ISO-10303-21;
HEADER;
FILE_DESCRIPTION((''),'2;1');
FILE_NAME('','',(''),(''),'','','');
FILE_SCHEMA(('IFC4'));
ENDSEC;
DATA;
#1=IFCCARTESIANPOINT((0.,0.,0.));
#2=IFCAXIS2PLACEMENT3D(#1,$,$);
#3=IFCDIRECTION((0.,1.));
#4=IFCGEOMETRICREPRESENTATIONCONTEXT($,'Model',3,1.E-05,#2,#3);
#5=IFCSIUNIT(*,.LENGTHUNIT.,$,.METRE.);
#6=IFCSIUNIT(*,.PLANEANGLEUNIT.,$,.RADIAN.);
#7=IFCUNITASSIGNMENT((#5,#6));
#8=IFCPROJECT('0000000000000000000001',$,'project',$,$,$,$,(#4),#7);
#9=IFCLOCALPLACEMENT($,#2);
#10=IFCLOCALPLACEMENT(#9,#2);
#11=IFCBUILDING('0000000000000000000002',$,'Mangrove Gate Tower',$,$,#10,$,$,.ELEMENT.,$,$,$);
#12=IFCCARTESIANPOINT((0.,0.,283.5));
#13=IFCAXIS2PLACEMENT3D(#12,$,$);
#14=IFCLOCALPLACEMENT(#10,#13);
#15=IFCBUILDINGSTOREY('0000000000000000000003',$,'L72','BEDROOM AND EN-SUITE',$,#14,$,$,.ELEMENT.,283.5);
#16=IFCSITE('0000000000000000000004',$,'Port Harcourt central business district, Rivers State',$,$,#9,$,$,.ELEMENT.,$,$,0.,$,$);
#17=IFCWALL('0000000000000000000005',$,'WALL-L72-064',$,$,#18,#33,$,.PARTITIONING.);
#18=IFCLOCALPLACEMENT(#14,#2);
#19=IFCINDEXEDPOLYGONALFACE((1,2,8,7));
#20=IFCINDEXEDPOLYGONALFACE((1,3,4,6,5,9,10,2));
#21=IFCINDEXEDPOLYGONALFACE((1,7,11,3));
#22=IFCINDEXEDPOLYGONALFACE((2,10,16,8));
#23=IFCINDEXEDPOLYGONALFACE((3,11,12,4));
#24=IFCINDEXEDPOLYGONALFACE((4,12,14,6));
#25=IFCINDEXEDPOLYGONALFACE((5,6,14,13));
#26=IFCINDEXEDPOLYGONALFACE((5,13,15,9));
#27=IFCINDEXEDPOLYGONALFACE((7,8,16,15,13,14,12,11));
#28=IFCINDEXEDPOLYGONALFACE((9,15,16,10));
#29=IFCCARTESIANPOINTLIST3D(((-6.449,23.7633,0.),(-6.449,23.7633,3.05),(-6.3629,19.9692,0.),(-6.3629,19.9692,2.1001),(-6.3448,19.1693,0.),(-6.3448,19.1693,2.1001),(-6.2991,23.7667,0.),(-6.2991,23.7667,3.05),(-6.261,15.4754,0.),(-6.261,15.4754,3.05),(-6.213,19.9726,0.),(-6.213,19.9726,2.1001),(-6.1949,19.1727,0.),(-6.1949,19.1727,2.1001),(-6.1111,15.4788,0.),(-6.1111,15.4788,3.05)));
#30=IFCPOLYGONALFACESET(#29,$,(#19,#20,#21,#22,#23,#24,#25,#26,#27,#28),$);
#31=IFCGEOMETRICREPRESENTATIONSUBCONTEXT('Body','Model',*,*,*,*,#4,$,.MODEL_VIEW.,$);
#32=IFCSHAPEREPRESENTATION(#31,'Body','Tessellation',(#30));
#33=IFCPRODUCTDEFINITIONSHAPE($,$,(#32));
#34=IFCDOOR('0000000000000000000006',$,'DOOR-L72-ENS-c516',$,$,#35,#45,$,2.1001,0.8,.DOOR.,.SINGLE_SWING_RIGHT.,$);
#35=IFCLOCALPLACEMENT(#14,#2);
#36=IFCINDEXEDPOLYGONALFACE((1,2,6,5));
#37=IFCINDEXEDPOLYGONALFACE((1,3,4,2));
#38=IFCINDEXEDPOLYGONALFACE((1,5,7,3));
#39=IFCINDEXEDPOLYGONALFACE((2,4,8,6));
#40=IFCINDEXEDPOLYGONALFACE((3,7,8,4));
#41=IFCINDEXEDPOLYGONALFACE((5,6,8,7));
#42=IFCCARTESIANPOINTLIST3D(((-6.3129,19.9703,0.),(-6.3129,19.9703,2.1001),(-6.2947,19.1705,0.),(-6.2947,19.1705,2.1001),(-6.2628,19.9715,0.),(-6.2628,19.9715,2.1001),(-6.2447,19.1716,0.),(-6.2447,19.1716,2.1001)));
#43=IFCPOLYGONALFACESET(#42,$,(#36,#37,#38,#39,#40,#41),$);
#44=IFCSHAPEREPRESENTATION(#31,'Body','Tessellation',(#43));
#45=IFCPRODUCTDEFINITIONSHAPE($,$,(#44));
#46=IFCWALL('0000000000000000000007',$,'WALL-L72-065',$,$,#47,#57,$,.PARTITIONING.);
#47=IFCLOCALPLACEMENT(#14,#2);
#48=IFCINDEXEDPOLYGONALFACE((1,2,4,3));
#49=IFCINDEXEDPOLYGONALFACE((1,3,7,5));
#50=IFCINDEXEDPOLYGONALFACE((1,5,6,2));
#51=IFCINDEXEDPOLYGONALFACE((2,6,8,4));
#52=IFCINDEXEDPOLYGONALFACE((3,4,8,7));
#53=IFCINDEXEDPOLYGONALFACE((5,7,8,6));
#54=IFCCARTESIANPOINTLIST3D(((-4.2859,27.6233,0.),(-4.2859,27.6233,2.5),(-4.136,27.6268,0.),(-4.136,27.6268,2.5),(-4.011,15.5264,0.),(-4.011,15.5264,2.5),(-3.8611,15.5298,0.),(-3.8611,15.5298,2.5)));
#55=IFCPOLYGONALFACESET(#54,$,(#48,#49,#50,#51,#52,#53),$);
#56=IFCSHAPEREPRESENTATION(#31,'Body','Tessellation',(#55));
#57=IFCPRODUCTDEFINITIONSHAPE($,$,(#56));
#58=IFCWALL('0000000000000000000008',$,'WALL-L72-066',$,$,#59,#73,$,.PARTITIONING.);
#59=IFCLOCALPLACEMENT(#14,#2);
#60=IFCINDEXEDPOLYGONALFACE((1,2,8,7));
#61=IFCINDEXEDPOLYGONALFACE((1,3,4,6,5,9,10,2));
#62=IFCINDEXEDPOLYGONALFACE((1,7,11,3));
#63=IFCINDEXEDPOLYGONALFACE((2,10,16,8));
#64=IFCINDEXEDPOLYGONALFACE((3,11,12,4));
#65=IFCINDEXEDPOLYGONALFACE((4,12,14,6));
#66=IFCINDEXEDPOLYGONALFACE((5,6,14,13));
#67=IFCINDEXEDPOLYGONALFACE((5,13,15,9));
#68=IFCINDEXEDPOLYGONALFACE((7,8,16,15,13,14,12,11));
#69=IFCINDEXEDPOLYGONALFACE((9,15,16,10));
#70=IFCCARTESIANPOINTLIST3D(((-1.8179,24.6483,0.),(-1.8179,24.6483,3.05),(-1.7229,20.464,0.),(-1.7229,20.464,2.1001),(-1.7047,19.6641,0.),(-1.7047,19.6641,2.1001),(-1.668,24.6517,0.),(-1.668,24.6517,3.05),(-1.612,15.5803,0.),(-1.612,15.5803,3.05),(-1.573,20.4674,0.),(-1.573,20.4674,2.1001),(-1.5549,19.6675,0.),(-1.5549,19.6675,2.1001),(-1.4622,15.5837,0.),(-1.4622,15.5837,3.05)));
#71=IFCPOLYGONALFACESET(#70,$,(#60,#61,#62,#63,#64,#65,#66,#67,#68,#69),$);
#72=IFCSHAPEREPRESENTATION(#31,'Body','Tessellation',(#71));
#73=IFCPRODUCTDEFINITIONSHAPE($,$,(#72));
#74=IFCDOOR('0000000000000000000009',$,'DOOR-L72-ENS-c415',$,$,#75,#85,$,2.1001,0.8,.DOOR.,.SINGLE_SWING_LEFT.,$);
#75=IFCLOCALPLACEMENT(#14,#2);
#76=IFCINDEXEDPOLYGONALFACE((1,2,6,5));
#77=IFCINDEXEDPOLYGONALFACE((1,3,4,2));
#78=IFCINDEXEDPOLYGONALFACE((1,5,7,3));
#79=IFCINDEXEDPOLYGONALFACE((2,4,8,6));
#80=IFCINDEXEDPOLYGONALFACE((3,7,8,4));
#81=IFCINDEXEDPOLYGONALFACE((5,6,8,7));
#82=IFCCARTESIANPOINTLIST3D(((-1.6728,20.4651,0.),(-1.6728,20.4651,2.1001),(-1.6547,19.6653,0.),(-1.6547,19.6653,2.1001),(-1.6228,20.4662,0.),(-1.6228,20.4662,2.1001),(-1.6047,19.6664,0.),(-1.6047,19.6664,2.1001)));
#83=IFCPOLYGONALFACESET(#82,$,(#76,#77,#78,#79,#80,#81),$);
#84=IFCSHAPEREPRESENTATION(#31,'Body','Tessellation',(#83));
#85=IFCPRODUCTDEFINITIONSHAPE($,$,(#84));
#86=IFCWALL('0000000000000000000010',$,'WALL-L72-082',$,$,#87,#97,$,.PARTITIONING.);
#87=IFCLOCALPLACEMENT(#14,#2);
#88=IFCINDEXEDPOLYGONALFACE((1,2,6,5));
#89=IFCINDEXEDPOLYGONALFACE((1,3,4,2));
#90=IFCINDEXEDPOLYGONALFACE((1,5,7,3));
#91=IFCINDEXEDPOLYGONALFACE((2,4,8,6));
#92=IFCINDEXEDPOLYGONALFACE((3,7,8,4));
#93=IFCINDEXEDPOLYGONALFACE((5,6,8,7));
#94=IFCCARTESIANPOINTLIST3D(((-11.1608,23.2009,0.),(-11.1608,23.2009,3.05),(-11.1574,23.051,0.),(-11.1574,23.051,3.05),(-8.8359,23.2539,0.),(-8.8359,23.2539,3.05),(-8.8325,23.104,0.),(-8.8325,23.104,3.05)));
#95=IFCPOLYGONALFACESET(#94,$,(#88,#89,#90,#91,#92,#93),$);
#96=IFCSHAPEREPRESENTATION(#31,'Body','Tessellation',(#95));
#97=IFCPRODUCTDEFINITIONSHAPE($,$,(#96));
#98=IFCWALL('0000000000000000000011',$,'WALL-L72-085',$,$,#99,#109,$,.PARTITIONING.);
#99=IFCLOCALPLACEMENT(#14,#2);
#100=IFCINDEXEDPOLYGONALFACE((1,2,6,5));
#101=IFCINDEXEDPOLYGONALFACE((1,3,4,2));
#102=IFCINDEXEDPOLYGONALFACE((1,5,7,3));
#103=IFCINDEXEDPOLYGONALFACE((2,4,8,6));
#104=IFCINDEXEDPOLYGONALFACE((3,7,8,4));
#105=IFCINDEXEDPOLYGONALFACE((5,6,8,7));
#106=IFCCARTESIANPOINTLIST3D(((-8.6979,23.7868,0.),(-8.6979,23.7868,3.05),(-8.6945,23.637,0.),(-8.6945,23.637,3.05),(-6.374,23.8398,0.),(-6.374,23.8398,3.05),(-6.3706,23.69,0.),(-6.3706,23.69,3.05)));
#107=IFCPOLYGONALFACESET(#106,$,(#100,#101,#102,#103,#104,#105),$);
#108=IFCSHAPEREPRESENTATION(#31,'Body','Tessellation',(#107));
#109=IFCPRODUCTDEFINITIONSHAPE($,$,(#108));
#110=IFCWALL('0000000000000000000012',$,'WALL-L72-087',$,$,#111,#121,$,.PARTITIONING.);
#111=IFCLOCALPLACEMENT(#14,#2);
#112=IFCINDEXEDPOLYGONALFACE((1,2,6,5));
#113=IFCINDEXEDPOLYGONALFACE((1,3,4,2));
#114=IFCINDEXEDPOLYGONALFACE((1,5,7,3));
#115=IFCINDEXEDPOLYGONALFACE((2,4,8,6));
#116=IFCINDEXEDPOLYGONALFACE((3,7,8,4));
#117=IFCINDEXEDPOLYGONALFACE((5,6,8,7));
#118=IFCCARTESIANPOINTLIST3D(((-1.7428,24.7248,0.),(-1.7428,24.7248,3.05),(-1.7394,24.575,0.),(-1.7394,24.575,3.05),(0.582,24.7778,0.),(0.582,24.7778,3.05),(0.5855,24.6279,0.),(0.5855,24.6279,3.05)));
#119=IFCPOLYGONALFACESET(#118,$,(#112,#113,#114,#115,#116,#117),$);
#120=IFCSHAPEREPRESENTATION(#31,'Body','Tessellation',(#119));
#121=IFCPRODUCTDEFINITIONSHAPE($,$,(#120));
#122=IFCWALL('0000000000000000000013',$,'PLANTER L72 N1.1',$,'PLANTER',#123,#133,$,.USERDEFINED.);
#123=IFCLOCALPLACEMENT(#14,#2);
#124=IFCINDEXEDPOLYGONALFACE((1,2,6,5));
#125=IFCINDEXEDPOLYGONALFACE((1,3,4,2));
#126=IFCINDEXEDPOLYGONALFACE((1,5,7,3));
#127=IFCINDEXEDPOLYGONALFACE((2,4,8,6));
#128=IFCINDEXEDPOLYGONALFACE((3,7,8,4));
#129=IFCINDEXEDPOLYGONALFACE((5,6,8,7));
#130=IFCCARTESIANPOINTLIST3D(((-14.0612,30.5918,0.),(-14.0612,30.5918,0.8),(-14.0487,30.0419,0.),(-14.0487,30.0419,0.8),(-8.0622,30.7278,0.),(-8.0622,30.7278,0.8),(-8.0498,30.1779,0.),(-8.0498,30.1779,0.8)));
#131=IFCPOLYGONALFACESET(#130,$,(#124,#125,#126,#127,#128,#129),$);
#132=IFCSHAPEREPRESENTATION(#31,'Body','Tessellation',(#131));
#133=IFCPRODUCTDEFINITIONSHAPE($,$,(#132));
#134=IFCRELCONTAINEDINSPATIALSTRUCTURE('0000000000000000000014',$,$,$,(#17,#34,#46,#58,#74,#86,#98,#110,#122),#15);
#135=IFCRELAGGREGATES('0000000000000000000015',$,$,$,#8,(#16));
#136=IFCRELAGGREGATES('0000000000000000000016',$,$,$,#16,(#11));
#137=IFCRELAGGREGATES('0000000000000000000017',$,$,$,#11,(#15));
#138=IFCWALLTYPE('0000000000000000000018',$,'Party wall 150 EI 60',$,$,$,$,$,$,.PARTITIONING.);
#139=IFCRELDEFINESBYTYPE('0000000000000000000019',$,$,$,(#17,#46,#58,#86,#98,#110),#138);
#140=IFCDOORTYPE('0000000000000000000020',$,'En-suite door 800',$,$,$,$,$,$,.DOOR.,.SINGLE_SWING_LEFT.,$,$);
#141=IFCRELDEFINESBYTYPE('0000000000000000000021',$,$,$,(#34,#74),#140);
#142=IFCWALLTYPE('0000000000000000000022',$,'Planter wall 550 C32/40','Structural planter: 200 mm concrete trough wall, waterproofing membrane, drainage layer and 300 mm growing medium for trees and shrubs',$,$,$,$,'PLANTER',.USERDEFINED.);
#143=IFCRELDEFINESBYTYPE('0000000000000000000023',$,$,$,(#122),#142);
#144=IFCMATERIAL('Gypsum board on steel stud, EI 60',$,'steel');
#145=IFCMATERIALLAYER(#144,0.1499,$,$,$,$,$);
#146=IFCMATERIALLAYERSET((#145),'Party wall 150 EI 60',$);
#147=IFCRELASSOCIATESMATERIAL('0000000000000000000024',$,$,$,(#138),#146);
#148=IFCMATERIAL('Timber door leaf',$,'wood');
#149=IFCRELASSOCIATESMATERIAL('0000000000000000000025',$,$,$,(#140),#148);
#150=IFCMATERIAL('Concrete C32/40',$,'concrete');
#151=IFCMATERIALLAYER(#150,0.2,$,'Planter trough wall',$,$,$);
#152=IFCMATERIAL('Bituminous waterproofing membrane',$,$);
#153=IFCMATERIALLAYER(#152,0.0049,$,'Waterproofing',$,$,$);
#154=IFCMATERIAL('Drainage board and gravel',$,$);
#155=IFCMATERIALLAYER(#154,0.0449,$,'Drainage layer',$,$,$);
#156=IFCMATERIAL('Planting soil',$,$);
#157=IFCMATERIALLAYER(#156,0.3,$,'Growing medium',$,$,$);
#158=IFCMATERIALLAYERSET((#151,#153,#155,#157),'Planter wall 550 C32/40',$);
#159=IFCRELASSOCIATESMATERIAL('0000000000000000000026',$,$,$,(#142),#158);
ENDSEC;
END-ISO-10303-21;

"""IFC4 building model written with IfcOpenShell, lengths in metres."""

from ifc_helpers import new_model, si_unit, direction, frame, frame_2d, origin, place, context, subcontext, project, spatial, rectangle, extrude, material, layer, layer_set, type_object, element, fill, save


model = new_model("IFC4")

# Units and contexts
model_context = context("Model", 3, precision=1e-05, world=origin(), true_north=direction((0.0, 1.0)))
body_context = subcontext(model_context, "Body", "Model", "MODEL_VIEW")
ifc_project = project(units=[si_unit("LENGTHUNIT", "METRE"), si_unit("PLANEANGLEUNIT", "RADIAN")], contexts=[model_context])

# Site, building, storey
site_placement = place(None, origin())
site = spatial("IfcSite", under=ifc_project, at=site_placement, Name="Port Harcourt central business district, Rivers State", CompositionType="ELEMENT", RefElevation=0.0)
building_placement = place(site_placement, origin())
building = spatial("IfcBuilding", under=site, at=building_placement, Name="Mangrove Gate Tower", CompositionType="ELEMENT")
storey_placement = place(building_placement, frame((0.0, 0.0, 283.5)))
storey = spatial("IfcBuildingStorey", under=building, at=storey_placement, Name="L72", Description="BEDROOM AND EN-SUITE", CompositionType="ELEMENT", Elevation=283.5)

# Shared definitions
ifc_material_1 = material(Name="Gypsum board on steel stud, EI 60", Category="steel")
ifc_layer_1 = layer(ifc_material_1, 0.1499)
ifc_layer_set_1 = layer_set([ifc_layer_1], Name="Party wall 150 EI 60")
wall_type_1 = type_object("IfcWallType", Name="Party wall 150 EI 60", PredefinedType="PARTITIONING", material=ifc_layer_set_1)
ifc_material_2 = material(Name="Timber door leaf", Category="wood")
door_type = type_object("IfcDoorType", Name="En-suite door 800", OperationType="SINGLE_SWING_LEFT", PredefinedType="DOOR", material=ifc_material_2)

# Wall, opening, door
wall_1_placement = place(storey_placement, frame((-6.186, 15.4771, 0.0), z_axis=(0.0, 0.0, 1.0), x_axis=(-0.022677, 0.999743, 0.0)))
wall_1 = element("IfcWall", 1, at=wall_1_placement, inside=storey, type_object=wall_type_1, Name="WALL-L72-064", PredefinedType="PARTITIONING", context=body_context, shape_type="SweptSolid", body=[
    extrude(rectangle(XDim=8.29, YDim=0.1499, at=frame_2d((4.145, 0.0))), origin(), (0.0, 0.0, 1.0), 3.05),
])
opening_1_placement = place(wall_1_placement, frame((3.6951, 0.0, 0.0)))
opening_1 = element("IfcOpeningElement", 2, at=opening_1_placement, cuts=wall_1, PredefinedType="OPENING", context=body_context, shape_type="SweptSolid", body=[
    extrude(rectangle(XDim=0.8, YDim=2.1001, at=frame_2d((0.3999, 1.05))), frame((0.0, 0.085, 0.0), z_axis=(0.0, -1.0, 0.0), x_axis=(1.0, 0.0, 0.0)), (0.0, 0.0, 1.0), 0.1699),
])
door_1_placement = place(opening_1_placement, origin())
door_1 = element("IfcDoor", 3, at=door_1_placement, inside=storey, type_object=door_type, Name="DOOR-L72-ENS-c516", OperationType="SINGLE_SWING_RIGHT", OverallHeight=2.1001, OverallWidth=0.8, PredefinedType="DOOR", context=body_context, shape_type="SweptSolid", body=[
    extrude(rectangle(XDim=0.8, YDim=2.1001, at=frame_2d((0.3999, 1.05))), frame((0.0, 0.0249, 0.0), z_axis=(0.0, -1.0, 0.0), x_axis=(1.0, 0.0, 0.0)), (0.0, 0.0, 1.0), 0.05),
])
fill(opening_1, door_1)

# Wall
wall_2_placement = place(storey_placement, frame((-3.936, 15.5281, 0.0), z_axis=(0.0, 0.0, 1.0), x_axis=(-0.022719, 0.999742, 0.0)))
element("IfcWall", 4, at=wall_2_placement, inside=storey, type_object=wall_type_1, Name="WALL-L72-065", PredefinedType="PARTITIONING", context=body_context, shape_type="SweptSolid", body=[
    extrude(rectangle(XDim=12.1001, YDim=0.1499, at=frame_2d((6.05, 0.0))), origin(), (0.0, 0.0, 1.0), 2.5),
])

# Wall, opening, door
wall_3_placement = place(storey_placement, frame((-1.5371, 15.582, 0.0), z_axis=(0.0, 0.0, 1.0), x_axis=(-0.022691, 0.999743, 0.0)))
wall_3 = element("IfcWall", 5, at=wall_3_placement, inside=storey, type_object=wall_type_1, Name="WALL-L72-066", PredefinedType="PARTITIONING", context=body_context, shape_type="SweptSolid", body=[
    extrude(rectangle(XDim=9.0703, YDim=0.1499, at=frame_2d((4.5352, 0.0))), origin(), (0.0, 0.0, 1.0), 3.05),
])
opening_2_placement = place(wall_3_placement, frame((4.085, 0.0, 0.0)))
opening_2 = element("IfcOpeningElement", 6, at=opening_2_placement, cuts=wall_3, PredefinedType="OPENING", context=body_context, shape_type="SweptSolid", body=[
    extrude(rectangle(XDim=0.8, YDim=2.1001, at=frame_2d((0.3999, 1.05))), frame((0.0, 0.085, 0.0), z_axis=(0.0, -1.0, 0.0), x_axis=(1.0, 0.0, 0.0)), (0.0, 0.0, 1.0), 0.1699),
])
door_2_placement = place(opening_2_placement, origin())
door_2 = element("IfcDoor", 7, at=door_2_placement, inside=storey, type_object=door_type, Name="DOOR-L72-ENS-c415", OperationType="SINGLE_SWING_LEFT", OverallHeight=2.1001, OverallWidth=0.8, PredefinedType="DOOR", context=body_context, shape_type="SweptSolid", body=[
    extrude(rectangle(XDim=0.8, YDim=2.1001, at=frame_2d((0.3999, 1.05))), frame((0.0, 0.0249, 0.0), z_axis=(0.0, -1.0, 0.0), x_axis=(1.0, 0.0, 0.0)), (0.0, 0.0, 1.0), 0.05),
])
fill(opening_2, door_2)

# Walls
wall_4_placement = place(storey_placement, frame((-11.1589, 23.126, 0.0), z_axis=(0.0, 0.0, 1.0), x_axis=(0.99974, 0.022781, 0.0)))
element("IfcWall", 8, at=wall_4_placement, inside=storey, type_object=wall_type_1, Name="WALL-L72-082", PredefinedType="PARTITIONING", context=body_context, shape_type="SweptSolid", body=[
    extrude(rectangle(XDim=2.3254, YDim=0.1499, at=frame_2d((1.1626, 0.0))), origin(), (0.0, 0.0, 1.0), 3.05),
])
wall_5_placement = place(storey_placement, frame((-8.696, 23.7119, 0.0), z_axis=(0.0, 0.0, 1.0), x_axis=(0.99974, 0.022791, 0.0)))
element("IfcWall", 9, at=wall_5_placement, inside=storey, type_object=wall_type_1, Name="WALL-L72-085", PredefinedType="PARTITIONING", context=body_context, shape_type="SweptSolid", body=[
    extrude(rectangle(XDim=2.3245, YDim=0.1499, at=frame_2d((1.1621, 0.0))), origin(), (0.0, 0.0, 1.0), 3.05),
])
wall_6_placement = place(storey_placement, frame((-1.741, 24.6499, 0.0), z_axis=(0.0, 0.0, 1.0), x_axis=(0.99974, 0.022781, 0.0)))
element("IfcWall", 10, at=wall_6_placement, inside=storey, type_object=wall_type_1, Name="WALL-L72-087", PredefinedType="PARTITIONING", context=body_context, shape_type="SweptSolid", body=[
    extrude(rectangle(XDim=2.3254, YDim=0.1499, at=frame_2d((1.1626, 0.0))), origin(), (0.0, 0.0, 1.0), 3.05),
])
ifc_material_3 = material(Name="Concrete C32/40", Category="concrete")
ifc_layer_2 = layer(ifc_material_3, 0.2, Name="Planter trough wall")
ifc_material_4 = material(Name="Bituminous waterproofing membrane")
ifc_layer_3 = layer(ifc_material_4, 0.0049, Name="Waterproofing")
ifc_material_5 = material(Name="Drainage board and gravel")
ifc_layer_4 = layer(ifc_material_5, 0.0449, Name="Drainage layer")
ifc_material_6 = material(Name="Planting soil")
ifc_layer_5 = layer(ifc_material_6, 0.3, Name="Growing medium")
ifc_layer_set_2 = layer_set([ifc_layer_2, ifc_layer_3, ifc_layer_4, ifc_layer_5], Name="Planter wall 550 C32/40")
wall_type_2 = type_object("IfcWallType", Name="Planter wall 550 C32/40", Description="Structural planter: 200 mm concrete trough wall, waterproofing membrane, drainage layer and 300 mm growing medium for trees and shrubs", ElementType="PLANTER", PredefinedType="USERDEFINED", material=ifc_layer_set_2)
wall_7_placement = place(storey_placement, frame((-14.0549, 30.3169, 0.0), z_axis=(0.0, 0.0, 1.0), x_axis=(0.999743, 0.022662, 0.0)))
element("IfcWall", 11, at=wall_7_placement, inside=storey, type_object=wall_type_2, Name="PLANTER L72 N1.1", ObjectType="PLANTER", PredefinedType="USERDEFINED", context=body_context, shape_type="SweptSolid", body=[
    extrude(rectangle(XDim=6.0005, YDim=0.55, at=frame_2d((3.0002, 0.0))), origin(), (0.0, 0.0, 1.0), 0.8),
])

save(model, "model.ifc")
